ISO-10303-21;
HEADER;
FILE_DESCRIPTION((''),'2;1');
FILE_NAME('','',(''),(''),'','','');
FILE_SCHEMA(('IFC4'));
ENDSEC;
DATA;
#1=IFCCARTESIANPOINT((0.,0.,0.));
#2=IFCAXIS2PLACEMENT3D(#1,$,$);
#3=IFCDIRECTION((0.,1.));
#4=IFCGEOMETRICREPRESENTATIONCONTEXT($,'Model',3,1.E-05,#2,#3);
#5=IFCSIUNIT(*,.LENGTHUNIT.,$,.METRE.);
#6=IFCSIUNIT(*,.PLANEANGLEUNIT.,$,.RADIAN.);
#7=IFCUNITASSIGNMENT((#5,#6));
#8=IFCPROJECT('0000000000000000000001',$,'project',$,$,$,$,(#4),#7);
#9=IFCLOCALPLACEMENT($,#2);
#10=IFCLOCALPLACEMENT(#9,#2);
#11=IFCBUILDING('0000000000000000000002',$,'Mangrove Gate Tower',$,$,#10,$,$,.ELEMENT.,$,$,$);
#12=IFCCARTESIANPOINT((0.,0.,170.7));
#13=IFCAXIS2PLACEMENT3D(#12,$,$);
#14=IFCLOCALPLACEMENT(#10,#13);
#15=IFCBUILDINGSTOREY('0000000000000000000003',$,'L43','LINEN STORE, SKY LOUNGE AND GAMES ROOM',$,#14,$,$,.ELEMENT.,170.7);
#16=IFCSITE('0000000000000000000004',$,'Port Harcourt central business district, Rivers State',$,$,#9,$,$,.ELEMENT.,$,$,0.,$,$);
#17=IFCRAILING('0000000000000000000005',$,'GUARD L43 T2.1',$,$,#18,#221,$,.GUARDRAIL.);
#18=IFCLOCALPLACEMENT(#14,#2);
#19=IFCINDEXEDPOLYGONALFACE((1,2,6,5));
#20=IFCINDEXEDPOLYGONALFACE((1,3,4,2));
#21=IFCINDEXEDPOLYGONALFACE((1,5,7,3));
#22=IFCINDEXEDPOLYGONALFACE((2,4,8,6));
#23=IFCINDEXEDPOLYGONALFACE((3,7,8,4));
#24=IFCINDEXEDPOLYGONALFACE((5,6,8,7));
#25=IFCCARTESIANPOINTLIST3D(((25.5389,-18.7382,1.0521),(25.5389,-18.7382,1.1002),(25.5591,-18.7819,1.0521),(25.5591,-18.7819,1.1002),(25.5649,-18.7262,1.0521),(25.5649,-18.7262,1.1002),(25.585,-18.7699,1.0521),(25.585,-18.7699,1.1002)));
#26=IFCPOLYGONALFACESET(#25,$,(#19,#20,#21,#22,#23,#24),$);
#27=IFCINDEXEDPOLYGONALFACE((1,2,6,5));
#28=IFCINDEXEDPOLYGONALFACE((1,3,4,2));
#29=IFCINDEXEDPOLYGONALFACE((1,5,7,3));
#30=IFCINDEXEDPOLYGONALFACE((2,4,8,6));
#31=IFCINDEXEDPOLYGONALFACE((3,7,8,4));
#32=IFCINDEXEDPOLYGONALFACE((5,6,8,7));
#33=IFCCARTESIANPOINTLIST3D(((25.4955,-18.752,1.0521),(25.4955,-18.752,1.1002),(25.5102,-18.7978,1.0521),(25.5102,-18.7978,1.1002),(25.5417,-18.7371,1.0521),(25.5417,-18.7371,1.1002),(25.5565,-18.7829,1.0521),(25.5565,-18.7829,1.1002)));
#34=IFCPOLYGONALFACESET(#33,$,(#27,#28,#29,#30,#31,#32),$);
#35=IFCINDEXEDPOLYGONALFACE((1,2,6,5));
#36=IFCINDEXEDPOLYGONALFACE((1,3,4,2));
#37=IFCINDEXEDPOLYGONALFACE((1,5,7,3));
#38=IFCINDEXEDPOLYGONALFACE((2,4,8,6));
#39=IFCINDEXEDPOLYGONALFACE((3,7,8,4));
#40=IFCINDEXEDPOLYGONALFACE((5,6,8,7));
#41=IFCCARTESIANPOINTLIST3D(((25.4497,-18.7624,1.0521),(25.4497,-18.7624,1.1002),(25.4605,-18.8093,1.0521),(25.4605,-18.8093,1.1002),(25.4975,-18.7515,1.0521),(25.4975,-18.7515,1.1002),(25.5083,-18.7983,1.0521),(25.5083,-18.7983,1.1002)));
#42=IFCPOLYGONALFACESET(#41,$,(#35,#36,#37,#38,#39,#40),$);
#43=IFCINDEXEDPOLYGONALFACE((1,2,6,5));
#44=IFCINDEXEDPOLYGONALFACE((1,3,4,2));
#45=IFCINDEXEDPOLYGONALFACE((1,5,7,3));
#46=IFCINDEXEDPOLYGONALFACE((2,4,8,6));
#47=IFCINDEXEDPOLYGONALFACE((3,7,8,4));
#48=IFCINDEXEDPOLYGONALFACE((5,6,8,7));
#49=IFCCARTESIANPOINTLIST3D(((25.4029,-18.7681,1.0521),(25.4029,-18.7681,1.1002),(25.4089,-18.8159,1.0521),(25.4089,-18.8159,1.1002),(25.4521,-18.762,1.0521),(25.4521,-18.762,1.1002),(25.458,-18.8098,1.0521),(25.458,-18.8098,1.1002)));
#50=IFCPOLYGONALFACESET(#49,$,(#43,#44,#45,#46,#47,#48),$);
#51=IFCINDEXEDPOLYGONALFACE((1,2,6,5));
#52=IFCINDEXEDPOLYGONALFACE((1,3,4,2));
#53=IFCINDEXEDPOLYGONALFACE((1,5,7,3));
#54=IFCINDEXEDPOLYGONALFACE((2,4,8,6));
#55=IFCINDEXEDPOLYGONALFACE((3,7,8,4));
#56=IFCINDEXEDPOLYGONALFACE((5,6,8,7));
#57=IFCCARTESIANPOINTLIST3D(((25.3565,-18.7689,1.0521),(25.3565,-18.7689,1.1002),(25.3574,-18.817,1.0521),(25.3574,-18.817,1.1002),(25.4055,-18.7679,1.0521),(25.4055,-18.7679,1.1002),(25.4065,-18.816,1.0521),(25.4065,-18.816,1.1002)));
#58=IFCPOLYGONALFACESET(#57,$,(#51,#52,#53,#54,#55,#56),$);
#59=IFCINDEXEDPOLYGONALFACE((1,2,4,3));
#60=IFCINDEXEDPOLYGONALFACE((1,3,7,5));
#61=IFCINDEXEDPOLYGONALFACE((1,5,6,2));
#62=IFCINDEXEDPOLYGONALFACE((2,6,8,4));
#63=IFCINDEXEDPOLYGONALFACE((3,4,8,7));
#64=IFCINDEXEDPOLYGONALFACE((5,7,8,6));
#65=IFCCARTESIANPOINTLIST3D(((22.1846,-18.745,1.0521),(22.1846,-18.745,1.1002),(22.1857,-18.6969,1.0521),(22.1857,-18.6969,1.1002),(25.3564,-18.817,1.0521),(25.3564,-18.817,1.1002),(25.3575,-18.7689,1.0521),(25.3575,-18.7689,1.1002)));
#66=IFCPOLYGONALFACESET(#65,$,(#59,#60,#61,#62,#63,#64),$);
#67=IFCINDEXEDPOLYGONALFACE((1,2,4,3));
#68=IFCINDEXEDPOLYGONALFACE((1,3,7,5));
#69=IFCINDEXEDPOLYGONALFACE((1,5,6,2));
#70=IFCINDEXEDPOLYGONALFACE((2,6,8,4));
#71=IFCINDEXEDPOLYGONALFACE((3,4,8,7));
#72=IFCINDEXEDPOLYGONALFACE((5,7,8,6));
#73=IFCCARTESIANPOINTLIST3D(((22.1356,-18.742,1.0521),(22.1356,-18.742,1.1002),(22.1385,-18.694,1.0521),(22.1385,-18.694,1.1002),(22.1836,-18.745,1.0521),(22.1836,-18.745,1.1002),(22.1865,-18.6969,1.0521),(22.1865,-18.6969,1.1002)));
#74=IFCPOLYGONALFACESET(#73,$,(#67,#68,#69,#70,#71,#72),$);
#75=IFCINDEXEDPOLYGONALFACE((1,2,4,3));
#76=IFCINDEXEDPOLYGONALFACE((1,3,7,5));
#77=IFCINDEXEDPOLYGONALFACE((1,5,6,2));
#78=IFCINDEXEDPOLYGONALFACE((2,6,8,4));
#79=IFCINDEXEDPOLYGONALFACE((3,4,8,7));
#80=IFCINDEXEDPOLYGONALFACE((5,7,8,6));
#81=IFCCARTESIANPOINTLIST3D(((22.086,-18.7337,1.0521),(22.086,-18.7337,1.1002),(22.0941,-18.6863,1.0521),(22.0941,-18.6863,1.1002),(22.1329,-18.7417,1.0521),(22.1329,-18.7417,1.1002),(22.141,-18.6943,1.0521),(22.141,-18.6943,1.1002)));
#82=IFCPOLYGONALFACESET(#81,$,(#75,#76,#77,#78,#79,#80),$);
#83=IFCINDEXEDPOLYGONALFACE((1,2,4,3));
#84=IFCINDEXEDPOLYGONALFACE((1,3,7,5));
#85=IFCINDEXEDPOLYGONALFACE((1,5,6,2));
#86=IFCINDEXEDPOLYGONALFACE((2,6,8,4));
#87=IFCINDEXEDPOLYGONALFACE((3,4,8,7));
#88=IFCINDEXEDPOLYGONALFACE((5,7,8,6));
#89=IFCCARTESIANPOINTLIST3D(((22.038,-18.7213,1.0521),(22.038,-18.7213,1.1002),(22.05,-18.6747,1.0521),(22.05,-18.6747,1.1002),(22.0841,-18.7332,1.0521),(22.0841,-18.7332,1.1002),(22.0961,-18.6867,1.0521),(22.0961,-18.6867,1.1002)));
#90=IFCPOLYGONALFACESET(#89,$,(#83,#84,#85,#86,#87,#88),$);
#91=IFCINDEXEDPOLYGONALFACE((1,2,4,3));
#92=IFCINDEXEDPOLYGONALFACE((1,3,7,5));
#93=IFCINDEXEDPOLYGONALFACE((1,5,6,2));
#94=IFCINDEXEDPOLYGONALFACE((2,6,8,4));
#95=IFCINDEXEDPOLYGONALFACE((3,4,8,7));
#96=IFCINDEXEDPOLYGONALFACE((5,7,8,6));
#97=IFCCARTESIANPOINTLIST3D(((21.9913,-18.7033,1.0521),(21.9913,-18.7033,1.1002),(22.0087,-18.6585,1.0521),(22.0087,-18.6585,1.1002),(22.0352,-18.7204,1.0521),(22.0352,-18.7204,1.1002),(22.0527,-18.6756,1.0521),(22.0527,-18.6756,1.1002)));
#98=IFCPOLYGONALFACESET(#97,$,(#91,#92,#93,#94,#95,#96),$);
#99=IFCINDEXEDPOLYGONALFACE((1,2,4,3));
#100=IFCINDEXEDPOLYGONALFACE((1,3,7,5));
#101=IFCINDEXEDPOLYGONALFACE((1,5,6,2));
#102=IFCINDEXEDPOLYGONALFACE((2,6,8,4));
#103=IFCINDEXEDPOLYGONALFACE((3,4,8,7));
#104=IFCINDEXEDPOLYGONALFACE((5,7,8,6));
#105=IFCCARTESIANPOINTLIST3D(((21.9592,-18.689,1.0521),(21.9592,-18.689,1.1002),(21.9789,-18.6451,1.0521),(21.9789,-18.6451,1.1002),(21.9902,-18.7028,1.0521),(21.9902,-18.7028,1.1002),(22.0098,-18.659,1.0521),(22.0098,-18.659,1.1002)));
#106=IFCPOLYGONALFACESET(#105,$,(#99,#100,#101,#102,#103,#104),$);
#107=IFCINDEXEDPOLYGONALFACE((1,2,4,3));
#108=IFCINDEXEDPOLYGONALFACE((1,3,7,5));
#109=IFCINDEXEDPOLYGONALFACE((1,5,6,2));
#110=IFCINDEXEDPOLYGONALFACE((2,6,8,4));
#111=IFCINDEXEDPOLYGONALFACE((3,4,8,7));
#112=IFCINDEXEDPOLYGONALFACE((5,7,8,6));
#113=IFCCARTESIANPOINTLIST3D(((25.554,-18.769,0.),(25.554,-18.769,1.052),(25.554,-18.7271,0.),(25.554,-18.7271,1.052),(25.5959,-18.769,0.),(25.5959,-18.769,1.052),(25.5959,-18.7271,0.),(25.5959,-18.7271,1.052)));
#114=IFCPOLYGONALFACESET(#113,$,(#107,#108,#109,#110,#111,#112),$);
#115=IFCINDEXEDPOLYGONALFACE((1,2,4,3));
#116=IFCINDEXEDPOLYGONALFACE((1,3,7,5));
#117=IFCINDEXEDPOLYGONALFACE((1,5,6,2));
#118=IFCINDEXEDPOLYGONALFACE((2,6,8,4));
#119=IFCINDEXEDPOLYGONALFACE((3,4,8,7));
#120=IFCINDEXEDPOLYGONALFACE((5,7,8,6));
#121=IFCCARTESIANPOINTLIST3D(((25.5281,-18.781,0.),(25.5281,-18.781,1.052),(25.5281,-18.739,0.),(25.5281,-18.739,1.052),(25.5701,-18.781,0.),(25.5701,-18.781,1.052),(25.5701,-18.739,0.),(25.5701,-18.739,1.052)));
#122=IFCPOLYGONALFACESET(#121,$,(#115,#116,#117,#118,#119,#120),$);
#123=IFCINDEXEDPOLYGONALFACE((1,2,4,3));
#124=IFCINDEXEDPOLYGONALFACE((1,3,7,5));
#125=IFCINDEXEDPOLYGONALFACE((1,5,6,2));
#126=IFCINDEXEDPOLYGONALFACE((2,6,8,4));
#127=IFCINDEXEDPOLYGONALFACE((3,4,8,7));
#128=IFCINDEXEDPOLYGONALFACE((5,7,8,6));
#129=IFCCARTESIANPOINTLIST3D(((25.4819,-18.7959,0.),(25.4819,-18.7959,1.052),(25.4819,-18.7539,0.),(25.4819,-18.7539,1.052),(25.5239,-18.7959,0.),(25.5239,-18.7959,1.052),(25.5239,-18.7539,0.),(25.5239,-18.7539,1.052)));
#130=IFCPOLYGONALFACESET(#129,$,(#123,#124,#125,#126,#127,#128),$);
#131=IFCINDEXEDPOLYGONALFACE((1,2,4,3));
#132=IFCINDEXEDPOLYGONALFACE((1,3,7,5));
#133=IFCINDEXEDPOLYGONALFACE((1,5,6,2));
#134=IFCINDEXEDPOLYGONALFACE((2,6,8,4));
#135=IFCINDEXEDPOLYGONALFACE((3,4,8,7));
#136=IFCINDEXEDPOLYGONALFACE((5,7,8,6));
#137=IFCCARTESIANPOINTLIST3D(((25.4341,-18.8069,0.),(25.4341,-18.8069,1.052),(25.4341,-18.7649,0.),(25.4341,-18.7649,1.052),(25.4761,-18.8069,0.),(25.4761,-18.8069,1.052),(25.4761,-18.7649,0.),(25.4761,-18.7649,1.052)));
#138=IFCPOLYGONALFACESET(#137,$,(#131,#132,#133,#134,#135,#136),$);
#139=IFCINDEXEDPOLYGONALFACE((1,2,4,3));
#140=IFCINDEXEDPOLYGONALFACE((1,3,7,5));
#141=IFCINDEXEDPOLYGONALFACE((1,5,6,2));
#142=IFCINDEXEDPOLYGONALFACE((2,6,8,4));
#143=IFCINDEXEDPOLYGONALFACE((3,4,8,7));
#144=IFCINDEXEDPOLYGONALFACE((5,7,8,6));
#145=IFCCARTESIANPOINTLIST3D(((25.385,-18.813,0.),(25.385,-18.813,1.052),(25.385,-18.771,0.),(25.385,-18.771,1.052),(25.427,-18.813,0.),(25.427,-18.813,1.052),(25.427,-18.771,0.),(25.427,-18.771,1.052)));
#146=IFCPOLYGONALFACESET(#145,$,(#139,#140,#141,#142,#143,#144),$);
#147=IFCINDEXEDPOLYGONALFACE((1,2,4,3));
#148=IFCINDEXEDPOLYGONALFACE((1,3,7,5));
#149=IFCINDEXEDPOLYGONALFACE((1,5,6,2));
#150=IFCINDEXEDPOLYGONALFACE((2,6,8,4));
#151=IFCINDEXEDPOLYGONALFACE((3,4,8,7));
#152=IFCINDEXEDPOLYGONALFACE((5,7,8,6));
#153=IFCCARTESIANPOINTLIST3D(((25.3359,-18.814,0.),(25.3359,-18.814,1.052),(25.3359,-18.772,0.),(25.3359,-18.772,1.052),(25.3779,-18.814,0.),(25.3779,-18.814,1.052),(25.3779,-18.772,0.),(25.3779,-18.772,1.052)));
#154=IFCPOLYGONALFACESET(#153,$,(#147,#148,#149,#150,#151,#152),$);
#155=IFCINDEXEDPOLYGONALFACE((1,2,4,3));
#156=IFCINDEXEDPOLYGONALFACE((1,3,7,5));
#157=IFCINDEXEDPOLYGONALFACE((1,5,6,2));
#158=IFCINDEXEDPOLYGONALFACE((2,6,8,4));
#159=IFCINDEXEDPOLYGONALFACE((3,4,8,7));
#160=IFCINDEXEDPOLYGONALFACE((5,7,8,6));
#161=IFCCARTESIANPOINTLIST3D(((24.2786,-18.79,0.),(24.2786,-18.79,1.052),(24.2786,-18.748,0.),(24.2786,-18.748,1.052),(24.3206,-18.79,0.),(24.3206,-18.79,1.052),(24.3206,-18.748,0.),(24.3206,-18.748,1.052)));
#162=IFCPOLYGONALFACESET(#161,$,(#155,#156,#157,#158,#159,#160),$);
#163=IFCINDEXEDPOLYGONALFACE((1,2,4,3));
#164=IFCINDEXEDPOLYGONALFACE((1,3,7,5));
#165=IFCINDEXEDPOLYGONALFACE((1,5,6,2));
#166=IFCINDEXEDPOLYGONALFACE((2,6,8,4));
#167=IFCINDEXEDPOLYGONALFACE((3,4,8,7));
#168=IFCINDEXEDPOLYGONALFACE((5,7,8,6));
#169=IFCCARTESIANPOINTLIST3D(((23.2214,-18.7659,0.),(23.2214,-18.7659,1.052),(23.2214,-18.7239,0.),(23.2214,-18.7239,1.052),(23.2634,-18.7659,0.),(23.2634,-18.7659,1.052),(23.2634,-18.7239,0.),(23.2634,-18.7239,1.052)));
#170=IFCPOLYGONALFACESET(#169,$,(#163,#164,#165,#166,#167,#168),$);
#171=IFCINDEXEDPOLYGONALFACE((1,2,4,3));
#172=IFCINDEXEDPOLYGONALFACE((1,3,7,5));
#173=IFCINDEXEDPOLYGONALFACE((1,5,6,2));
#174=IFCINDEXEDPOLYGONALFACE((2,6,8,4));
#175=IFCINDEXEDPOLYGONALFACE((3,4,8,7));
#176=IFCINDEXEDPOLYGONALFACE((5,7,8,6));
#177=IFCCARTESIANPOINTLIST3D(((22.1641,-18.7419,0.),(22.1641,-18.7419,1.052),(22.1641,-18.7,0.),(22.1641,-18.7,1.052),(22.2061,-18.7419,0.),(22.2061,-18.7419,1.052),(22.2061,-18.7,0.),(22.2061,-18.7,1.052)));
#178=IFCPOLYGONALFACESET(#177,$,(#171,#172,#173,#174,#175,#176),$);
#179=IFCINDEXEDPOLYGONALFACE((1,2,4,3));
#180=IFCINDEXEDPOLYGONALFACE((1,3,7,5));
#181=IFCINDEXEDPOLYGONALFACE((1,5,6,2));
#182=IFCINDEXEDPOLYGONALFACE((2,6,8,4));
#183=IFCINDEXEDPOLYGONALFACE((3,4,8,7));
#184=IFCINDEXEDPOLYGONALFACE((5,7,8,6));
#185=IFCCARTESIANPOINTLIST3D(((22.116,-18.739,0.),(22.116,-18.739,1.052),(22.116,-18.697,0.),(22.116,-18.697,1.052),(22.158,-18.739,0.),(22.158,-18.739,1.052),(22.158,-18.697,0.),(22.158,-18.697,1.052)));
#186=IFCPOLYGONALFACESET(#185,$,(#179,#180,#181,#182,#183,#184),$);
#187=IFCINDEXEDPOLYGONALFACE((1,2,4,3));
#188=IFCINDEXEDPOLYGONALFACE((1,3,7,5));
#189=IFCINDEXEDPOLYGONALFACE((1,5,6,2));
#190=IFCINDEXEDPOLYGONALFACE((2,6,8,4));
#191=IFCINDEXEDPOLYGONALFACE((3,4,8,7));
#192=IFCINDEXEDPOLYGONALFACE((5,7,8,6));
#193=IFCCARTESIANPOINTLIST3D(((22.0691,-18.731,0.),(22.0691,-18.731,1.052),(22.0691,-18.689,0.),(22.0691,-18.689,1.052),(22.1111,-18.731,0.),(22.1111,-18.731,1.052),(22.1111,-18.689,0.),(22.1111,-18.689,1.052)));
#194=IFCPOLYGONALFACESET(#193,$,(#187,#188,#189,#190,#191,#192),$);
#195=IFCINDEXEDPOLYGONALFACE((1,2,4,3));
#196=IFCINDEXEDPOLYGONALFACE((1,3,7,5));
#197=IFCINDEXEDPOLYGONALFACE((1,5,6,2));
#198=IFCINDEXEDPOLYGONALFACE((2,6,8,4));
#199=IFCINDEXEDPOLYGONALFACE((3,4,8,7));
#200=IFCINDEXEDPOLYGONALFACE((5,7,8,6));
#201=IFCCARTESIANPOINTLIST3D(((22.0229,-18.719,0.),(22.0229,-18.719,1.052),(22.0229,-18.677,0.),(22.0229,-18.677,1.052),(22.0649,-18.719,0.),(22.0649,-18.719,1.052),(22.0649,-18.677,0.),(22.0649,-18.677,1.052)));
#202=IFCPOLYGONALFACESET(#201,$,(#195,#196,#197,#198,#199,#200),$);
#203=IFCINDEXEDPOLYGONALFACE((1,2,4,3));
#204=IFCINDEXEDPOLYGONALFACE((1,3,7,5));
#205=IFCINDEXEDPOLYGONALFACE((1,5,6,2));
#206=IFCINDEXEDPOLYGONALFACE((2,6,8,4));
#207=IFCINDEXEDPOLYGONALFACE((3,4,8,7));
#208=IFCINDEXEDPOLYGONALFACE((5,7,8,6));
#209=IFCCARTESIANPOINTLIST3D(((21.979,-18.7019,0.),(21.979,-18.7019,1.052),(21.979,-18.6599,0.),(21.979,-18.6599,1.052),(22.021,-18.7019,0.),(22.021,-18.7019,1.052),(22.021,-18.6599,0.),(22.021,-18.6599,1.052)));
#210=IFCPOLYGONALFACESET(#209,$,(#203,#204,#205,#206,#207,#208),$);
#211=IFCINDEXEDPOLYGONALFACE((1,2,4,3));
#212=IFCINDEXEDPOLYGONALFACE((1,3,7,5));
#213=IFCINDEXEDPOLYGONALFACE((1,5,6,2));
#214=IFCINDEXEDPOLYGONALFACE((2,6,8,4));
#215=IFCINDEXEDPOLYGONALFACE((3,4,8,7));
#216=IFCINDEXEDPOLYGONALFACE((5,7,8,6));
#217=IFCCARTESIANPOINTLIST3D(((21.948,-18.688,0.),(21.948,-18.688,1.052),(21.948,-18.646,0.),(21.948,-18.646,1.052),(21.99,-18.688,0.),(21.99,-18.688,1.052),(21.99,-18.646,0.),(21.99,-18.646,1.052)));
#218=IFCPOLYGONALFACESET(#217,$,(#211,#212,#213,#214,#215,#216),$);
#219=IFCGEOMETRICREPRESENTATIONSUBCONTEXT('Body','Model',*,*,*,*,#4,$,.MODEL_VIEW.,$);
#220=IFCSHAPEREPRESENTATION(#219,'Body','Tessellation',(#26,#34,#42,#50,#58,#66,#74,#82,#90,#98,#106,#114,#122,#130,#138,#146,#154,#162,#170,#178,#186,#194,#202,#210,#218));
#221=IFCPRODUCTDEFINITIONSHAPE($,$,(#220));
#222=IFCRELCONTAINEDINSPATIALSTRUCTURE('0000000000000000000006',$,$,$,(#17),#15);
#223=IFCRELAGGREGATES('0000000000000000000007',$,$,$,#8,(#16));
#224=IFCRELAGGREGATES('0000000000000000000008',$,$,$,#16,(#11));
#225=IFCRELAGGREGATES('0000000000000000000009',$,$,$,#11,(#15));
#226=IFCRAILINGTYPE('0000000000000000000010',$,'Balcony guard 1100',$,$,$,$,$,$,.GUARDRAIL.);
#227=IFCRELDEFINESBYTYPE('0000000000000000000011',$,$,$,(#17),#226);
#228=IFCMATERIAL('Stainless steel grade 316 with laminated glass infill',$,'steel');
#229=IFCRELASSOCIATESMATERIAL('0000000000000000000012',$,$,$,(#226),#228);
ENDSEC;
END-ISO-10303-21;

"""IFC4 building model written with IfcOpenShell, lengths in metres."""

from ifc_helpers import new_model, si_unit, direction, frame, origin, origin_2d, place, context, subcontext, project, spatial, rectangle, extrude, material, type_object, element, save


model = new_model("IFC4")

# Units and contexts
model_context = context("Model", 3, precision=1e-05, world=origin(), true_north=direction((0.0, 1.0)))
body_context = subcontext(model_context, "Body", "Model", "MODEL_VIEW")
ifc_project = project(units=[si_unit("LENGTHUNIT", "METRE"), si_unit("PLANEANGLEUNIT", "RADIAN")], contexts=[model_context])

# Site, building, storey
site_placement = place(None, origin())
site = spatial("IfcSite", under=ifc_project, at=site_placement, Name="Port Harcourt central business district, Rivers State", CompositionType="ELEMENT", RefElevation=0.0)
building_placement = place(site_placement, origin())
building = spatial("IfcBuilding", under=site, at=building_placement, Name="Mangrove Gate Tower", CompositionType="ELEMENT")
storey_placement = place(building_placement, frame((0.0, 0.0, 170.7)))
storey = spatial("IfcBuildingStorey", under=building, at=storey_placement, Name="L43", Description="LINEN STORE, SKY LOUNGE AND GAMES ROOM", CompositionType="ELEMENT", Elevation=170.7)

# Railing
ifc_material_1 = material(Name="Stainless steel grade 316 with laminated glass infill", Category="steel")
railing_type = type_object("IfcRailingType", Name="Balcony guard 1100", PredefinedType="GUARDRAIL", material=ifc_material_1)
railing_1_placement = place(storey_placement, frame((25.575, -18.748, 0.0)))
element("IfcRailing", 1, at=railing_1_placement, inside=storey, type_object=railing_type, Name="GUARD L43 T2.1", PredefinedType="GUARDRAIL", context=body_context, shape_type="SweptSolid", body=[
    extrude(rectangle(XDim=0.0481, YDim=0.0481, at=origin_2d()), frame((0.0, 0.0, 1.0762), z_axis=(-0.907709, -0.419601, 0.0), x_axis=(0.419601, -0.907709, 0.0)), (0.0, 0.0, 1.0), 0.0286),
    extrude(rectangle(XDim=0.0481, YDim=0.0481, at=origin_2d()), frame((-0.0259, -0.012, 1.0762), z_axis=(-0.951661, -0.30715, 0.0), x_axis=(0.30715, -0.951661, 0.0)), (0.0, 0.0, 1.0), 0.0486),
    extrude(rectangle(XDim=0.0481, YDim=0.0481, at=origin_2d()), frame((-0.072, -0.0269, 1.0762), z_axis=(-0.974642, -0.22377, 0.0), x_axis=(0.22377, -0.974642, 0.0)), (0.0, 0.0, 1.0), 0.0491),
    extrude(rectangle(XDim=0.0481, YDim=0.0481, at=origin_2d()), frame((-0.1199, -0.0378, 1.0762), z_axis=(-0.992354, -0.123427, 0.0), x_axis=(0.123427, -0.992354, 0.0)), (0.0, 0.0, 1.0), 0.0496),
    extrude(rectangle(XDim=0.0481, YDim=0.0481, at=origin_2d()), frame((-0.1689, -0.0439, 1.0762), z_axis=(-0.999802, -0.019897, 0.0), x_axis=(0.019897, -0.999802, 0.0)), (0.0, 0.0, 1.0), 0.0491),
    extrude(rectangle(XDim=0.0481, YDim=0.0481, at=origin_2d()), frame((-0.218, -0.0449, 1.0762), z_axis=(-0.999742, 0.0227, 0.0), x_axis=(-0.0227, -0.999742, 0.0)), (0.0, 0.0, 1.0), 3.1726),
    extrude(rectangle(XDim=0.0481, YDim=0.0481, at=origin_2d()), frame((-3.3899, 0.0271, 1.0762), z_axis=(-0.99815, 0.060801, 0.0), x_axis=(-0.060801, -0.99815, 0.0)), (0.0, 0.0, 1.0), 0.0481),
    extrude(rectangle(XDim=0.0481, YDim=0.0481, at=origin_2d()), frame((-3.438, 0.03, 1.0762), z_axis=(-0.985549, 0.169391, 0.0), x_axis=(-0.169391, -0.985549, 0.0)), (0.0, 0.0, 1.0), 0.0476),
    extrude(rectangle(XDim=0.0481, YDim=0.0481, at=origin_2d()), frame((-3.4849, 0.0381, 1.0762), z_axis=(-0.967997, 0.250962, 0.0), x_axis=(-0.250962, -0.967997, 0.0)), (0.0, 0.0, 1.0), 0.0476),
    extrude(rectangle(XDim=0.0481, YDim=0.0481, at=origin_2d()), frame((-3.531, 0.05, 1.0762), z_axis=(-0.932005, 0.362446, 0.0), x_axis=(-0.362446, -0.932005, 0.0)), (0.0, 0.0, 1.0), 0.0471),
    extrude(rectangle(XDim=0.0481, YDim=0.0481, at=origin_2d()), frame((-3.575, 0.0671, 1.0762), z_axis=(-0.912324, 0.409468, 0.0), x_axis=(-0.409468, -0.912324, 0.0)), (0.0, 0.0, 1.0), 0.0339),
    extrude(rectangle(XDim=0.042, YDim=0.042, at=origin_2d()), origin(), (0.0, 0.0, 1.0), 1.052),
    extrude(rectangle(XDim=0.042, YDim=0.042, at=origin_2d()), frame((-0.0259, -0.012, 0.0)), (0.0, 0.0, 1.0), 1.052),
    extrude(rectangle(XDim=0.042, YDim=0.042, at=origin_2d()), frame((-0.072, -0.0269, 0.0)), (0.0, 0.0, 1.0), 1.052),
    extrude(rectangle(XDim=0.042, YDim=0.042, at=origin_2d()), frame((-0.1199, -0.0378, 0.0)), (0.0, 0.0, 1.0), 1.052),
    extrude(rectangle(XDim=0.042, YDim=0.042, at=origin_2d()), frame((-0.1689, -0.0439, 0.0)), (0.0, 0.0, 1.0), 1.052),
    extrude(rectangle(XDim=0.042, YDim=0.042, at=origin_2d()), frame((-0.218, -0.0449, 0.0)), (0.0, 0.0, 1.0), 1.052),
    extrude(rectangle(XDim=0.042, YDim=0.042, at=origin_2d()), frame((-1.2754, -0.021, 0.0)), (0.0, 0.0, 1.0), 1.052),
    extrude(rectangle(XDim=0.042, YDim=0.042, at=origin_2d()), frame((-2.3325, 0.0032, 0.0)), (0.0, 0.0, 1.0), 1.052),
    extrude(rectangle(XDim=0.042, YDim=0.042, at=origin_2d()), frame((-3.3899, 0.0271, 0.0)), (0.0, 0.0, 1.0), 1.052),
    extrude(rectangle(XDim=0.042, YDim=0.042, at=origin_2d()), frame((-3.438, 0.03, 0.0)), (0.0, 0.0, 1.0), 1.052),
    extrude(rectangle(XDim=0.042, YDim=0.042, at=origin_2d()), frame((-3.4849, 0.0381, 0.0)), (0.0, 0.0, 1.0), 1.052),
    extrude(rectangle(XDim=0.042, YDim=0.042, at=origin_2d()), frame((-3.531, 0.05, 0.0)), (0.0, 0.0, 1.0), 1.052),
    extrude(rectangle(XDim=0.042, YDim=0.042, at=origin_2d()), frame((-3.575, 0.0671, 0.0)), (0.0, 0.0, 1.0), 1.052),
    extrude(rectangle(XDim=0.042, YDim=0.042, at=origin_2d()), frame((-3.606, 0.0811, 0.0)), (0.0, 0.0, 1.0), 1.052),
])

save(model, "model.ifc")
